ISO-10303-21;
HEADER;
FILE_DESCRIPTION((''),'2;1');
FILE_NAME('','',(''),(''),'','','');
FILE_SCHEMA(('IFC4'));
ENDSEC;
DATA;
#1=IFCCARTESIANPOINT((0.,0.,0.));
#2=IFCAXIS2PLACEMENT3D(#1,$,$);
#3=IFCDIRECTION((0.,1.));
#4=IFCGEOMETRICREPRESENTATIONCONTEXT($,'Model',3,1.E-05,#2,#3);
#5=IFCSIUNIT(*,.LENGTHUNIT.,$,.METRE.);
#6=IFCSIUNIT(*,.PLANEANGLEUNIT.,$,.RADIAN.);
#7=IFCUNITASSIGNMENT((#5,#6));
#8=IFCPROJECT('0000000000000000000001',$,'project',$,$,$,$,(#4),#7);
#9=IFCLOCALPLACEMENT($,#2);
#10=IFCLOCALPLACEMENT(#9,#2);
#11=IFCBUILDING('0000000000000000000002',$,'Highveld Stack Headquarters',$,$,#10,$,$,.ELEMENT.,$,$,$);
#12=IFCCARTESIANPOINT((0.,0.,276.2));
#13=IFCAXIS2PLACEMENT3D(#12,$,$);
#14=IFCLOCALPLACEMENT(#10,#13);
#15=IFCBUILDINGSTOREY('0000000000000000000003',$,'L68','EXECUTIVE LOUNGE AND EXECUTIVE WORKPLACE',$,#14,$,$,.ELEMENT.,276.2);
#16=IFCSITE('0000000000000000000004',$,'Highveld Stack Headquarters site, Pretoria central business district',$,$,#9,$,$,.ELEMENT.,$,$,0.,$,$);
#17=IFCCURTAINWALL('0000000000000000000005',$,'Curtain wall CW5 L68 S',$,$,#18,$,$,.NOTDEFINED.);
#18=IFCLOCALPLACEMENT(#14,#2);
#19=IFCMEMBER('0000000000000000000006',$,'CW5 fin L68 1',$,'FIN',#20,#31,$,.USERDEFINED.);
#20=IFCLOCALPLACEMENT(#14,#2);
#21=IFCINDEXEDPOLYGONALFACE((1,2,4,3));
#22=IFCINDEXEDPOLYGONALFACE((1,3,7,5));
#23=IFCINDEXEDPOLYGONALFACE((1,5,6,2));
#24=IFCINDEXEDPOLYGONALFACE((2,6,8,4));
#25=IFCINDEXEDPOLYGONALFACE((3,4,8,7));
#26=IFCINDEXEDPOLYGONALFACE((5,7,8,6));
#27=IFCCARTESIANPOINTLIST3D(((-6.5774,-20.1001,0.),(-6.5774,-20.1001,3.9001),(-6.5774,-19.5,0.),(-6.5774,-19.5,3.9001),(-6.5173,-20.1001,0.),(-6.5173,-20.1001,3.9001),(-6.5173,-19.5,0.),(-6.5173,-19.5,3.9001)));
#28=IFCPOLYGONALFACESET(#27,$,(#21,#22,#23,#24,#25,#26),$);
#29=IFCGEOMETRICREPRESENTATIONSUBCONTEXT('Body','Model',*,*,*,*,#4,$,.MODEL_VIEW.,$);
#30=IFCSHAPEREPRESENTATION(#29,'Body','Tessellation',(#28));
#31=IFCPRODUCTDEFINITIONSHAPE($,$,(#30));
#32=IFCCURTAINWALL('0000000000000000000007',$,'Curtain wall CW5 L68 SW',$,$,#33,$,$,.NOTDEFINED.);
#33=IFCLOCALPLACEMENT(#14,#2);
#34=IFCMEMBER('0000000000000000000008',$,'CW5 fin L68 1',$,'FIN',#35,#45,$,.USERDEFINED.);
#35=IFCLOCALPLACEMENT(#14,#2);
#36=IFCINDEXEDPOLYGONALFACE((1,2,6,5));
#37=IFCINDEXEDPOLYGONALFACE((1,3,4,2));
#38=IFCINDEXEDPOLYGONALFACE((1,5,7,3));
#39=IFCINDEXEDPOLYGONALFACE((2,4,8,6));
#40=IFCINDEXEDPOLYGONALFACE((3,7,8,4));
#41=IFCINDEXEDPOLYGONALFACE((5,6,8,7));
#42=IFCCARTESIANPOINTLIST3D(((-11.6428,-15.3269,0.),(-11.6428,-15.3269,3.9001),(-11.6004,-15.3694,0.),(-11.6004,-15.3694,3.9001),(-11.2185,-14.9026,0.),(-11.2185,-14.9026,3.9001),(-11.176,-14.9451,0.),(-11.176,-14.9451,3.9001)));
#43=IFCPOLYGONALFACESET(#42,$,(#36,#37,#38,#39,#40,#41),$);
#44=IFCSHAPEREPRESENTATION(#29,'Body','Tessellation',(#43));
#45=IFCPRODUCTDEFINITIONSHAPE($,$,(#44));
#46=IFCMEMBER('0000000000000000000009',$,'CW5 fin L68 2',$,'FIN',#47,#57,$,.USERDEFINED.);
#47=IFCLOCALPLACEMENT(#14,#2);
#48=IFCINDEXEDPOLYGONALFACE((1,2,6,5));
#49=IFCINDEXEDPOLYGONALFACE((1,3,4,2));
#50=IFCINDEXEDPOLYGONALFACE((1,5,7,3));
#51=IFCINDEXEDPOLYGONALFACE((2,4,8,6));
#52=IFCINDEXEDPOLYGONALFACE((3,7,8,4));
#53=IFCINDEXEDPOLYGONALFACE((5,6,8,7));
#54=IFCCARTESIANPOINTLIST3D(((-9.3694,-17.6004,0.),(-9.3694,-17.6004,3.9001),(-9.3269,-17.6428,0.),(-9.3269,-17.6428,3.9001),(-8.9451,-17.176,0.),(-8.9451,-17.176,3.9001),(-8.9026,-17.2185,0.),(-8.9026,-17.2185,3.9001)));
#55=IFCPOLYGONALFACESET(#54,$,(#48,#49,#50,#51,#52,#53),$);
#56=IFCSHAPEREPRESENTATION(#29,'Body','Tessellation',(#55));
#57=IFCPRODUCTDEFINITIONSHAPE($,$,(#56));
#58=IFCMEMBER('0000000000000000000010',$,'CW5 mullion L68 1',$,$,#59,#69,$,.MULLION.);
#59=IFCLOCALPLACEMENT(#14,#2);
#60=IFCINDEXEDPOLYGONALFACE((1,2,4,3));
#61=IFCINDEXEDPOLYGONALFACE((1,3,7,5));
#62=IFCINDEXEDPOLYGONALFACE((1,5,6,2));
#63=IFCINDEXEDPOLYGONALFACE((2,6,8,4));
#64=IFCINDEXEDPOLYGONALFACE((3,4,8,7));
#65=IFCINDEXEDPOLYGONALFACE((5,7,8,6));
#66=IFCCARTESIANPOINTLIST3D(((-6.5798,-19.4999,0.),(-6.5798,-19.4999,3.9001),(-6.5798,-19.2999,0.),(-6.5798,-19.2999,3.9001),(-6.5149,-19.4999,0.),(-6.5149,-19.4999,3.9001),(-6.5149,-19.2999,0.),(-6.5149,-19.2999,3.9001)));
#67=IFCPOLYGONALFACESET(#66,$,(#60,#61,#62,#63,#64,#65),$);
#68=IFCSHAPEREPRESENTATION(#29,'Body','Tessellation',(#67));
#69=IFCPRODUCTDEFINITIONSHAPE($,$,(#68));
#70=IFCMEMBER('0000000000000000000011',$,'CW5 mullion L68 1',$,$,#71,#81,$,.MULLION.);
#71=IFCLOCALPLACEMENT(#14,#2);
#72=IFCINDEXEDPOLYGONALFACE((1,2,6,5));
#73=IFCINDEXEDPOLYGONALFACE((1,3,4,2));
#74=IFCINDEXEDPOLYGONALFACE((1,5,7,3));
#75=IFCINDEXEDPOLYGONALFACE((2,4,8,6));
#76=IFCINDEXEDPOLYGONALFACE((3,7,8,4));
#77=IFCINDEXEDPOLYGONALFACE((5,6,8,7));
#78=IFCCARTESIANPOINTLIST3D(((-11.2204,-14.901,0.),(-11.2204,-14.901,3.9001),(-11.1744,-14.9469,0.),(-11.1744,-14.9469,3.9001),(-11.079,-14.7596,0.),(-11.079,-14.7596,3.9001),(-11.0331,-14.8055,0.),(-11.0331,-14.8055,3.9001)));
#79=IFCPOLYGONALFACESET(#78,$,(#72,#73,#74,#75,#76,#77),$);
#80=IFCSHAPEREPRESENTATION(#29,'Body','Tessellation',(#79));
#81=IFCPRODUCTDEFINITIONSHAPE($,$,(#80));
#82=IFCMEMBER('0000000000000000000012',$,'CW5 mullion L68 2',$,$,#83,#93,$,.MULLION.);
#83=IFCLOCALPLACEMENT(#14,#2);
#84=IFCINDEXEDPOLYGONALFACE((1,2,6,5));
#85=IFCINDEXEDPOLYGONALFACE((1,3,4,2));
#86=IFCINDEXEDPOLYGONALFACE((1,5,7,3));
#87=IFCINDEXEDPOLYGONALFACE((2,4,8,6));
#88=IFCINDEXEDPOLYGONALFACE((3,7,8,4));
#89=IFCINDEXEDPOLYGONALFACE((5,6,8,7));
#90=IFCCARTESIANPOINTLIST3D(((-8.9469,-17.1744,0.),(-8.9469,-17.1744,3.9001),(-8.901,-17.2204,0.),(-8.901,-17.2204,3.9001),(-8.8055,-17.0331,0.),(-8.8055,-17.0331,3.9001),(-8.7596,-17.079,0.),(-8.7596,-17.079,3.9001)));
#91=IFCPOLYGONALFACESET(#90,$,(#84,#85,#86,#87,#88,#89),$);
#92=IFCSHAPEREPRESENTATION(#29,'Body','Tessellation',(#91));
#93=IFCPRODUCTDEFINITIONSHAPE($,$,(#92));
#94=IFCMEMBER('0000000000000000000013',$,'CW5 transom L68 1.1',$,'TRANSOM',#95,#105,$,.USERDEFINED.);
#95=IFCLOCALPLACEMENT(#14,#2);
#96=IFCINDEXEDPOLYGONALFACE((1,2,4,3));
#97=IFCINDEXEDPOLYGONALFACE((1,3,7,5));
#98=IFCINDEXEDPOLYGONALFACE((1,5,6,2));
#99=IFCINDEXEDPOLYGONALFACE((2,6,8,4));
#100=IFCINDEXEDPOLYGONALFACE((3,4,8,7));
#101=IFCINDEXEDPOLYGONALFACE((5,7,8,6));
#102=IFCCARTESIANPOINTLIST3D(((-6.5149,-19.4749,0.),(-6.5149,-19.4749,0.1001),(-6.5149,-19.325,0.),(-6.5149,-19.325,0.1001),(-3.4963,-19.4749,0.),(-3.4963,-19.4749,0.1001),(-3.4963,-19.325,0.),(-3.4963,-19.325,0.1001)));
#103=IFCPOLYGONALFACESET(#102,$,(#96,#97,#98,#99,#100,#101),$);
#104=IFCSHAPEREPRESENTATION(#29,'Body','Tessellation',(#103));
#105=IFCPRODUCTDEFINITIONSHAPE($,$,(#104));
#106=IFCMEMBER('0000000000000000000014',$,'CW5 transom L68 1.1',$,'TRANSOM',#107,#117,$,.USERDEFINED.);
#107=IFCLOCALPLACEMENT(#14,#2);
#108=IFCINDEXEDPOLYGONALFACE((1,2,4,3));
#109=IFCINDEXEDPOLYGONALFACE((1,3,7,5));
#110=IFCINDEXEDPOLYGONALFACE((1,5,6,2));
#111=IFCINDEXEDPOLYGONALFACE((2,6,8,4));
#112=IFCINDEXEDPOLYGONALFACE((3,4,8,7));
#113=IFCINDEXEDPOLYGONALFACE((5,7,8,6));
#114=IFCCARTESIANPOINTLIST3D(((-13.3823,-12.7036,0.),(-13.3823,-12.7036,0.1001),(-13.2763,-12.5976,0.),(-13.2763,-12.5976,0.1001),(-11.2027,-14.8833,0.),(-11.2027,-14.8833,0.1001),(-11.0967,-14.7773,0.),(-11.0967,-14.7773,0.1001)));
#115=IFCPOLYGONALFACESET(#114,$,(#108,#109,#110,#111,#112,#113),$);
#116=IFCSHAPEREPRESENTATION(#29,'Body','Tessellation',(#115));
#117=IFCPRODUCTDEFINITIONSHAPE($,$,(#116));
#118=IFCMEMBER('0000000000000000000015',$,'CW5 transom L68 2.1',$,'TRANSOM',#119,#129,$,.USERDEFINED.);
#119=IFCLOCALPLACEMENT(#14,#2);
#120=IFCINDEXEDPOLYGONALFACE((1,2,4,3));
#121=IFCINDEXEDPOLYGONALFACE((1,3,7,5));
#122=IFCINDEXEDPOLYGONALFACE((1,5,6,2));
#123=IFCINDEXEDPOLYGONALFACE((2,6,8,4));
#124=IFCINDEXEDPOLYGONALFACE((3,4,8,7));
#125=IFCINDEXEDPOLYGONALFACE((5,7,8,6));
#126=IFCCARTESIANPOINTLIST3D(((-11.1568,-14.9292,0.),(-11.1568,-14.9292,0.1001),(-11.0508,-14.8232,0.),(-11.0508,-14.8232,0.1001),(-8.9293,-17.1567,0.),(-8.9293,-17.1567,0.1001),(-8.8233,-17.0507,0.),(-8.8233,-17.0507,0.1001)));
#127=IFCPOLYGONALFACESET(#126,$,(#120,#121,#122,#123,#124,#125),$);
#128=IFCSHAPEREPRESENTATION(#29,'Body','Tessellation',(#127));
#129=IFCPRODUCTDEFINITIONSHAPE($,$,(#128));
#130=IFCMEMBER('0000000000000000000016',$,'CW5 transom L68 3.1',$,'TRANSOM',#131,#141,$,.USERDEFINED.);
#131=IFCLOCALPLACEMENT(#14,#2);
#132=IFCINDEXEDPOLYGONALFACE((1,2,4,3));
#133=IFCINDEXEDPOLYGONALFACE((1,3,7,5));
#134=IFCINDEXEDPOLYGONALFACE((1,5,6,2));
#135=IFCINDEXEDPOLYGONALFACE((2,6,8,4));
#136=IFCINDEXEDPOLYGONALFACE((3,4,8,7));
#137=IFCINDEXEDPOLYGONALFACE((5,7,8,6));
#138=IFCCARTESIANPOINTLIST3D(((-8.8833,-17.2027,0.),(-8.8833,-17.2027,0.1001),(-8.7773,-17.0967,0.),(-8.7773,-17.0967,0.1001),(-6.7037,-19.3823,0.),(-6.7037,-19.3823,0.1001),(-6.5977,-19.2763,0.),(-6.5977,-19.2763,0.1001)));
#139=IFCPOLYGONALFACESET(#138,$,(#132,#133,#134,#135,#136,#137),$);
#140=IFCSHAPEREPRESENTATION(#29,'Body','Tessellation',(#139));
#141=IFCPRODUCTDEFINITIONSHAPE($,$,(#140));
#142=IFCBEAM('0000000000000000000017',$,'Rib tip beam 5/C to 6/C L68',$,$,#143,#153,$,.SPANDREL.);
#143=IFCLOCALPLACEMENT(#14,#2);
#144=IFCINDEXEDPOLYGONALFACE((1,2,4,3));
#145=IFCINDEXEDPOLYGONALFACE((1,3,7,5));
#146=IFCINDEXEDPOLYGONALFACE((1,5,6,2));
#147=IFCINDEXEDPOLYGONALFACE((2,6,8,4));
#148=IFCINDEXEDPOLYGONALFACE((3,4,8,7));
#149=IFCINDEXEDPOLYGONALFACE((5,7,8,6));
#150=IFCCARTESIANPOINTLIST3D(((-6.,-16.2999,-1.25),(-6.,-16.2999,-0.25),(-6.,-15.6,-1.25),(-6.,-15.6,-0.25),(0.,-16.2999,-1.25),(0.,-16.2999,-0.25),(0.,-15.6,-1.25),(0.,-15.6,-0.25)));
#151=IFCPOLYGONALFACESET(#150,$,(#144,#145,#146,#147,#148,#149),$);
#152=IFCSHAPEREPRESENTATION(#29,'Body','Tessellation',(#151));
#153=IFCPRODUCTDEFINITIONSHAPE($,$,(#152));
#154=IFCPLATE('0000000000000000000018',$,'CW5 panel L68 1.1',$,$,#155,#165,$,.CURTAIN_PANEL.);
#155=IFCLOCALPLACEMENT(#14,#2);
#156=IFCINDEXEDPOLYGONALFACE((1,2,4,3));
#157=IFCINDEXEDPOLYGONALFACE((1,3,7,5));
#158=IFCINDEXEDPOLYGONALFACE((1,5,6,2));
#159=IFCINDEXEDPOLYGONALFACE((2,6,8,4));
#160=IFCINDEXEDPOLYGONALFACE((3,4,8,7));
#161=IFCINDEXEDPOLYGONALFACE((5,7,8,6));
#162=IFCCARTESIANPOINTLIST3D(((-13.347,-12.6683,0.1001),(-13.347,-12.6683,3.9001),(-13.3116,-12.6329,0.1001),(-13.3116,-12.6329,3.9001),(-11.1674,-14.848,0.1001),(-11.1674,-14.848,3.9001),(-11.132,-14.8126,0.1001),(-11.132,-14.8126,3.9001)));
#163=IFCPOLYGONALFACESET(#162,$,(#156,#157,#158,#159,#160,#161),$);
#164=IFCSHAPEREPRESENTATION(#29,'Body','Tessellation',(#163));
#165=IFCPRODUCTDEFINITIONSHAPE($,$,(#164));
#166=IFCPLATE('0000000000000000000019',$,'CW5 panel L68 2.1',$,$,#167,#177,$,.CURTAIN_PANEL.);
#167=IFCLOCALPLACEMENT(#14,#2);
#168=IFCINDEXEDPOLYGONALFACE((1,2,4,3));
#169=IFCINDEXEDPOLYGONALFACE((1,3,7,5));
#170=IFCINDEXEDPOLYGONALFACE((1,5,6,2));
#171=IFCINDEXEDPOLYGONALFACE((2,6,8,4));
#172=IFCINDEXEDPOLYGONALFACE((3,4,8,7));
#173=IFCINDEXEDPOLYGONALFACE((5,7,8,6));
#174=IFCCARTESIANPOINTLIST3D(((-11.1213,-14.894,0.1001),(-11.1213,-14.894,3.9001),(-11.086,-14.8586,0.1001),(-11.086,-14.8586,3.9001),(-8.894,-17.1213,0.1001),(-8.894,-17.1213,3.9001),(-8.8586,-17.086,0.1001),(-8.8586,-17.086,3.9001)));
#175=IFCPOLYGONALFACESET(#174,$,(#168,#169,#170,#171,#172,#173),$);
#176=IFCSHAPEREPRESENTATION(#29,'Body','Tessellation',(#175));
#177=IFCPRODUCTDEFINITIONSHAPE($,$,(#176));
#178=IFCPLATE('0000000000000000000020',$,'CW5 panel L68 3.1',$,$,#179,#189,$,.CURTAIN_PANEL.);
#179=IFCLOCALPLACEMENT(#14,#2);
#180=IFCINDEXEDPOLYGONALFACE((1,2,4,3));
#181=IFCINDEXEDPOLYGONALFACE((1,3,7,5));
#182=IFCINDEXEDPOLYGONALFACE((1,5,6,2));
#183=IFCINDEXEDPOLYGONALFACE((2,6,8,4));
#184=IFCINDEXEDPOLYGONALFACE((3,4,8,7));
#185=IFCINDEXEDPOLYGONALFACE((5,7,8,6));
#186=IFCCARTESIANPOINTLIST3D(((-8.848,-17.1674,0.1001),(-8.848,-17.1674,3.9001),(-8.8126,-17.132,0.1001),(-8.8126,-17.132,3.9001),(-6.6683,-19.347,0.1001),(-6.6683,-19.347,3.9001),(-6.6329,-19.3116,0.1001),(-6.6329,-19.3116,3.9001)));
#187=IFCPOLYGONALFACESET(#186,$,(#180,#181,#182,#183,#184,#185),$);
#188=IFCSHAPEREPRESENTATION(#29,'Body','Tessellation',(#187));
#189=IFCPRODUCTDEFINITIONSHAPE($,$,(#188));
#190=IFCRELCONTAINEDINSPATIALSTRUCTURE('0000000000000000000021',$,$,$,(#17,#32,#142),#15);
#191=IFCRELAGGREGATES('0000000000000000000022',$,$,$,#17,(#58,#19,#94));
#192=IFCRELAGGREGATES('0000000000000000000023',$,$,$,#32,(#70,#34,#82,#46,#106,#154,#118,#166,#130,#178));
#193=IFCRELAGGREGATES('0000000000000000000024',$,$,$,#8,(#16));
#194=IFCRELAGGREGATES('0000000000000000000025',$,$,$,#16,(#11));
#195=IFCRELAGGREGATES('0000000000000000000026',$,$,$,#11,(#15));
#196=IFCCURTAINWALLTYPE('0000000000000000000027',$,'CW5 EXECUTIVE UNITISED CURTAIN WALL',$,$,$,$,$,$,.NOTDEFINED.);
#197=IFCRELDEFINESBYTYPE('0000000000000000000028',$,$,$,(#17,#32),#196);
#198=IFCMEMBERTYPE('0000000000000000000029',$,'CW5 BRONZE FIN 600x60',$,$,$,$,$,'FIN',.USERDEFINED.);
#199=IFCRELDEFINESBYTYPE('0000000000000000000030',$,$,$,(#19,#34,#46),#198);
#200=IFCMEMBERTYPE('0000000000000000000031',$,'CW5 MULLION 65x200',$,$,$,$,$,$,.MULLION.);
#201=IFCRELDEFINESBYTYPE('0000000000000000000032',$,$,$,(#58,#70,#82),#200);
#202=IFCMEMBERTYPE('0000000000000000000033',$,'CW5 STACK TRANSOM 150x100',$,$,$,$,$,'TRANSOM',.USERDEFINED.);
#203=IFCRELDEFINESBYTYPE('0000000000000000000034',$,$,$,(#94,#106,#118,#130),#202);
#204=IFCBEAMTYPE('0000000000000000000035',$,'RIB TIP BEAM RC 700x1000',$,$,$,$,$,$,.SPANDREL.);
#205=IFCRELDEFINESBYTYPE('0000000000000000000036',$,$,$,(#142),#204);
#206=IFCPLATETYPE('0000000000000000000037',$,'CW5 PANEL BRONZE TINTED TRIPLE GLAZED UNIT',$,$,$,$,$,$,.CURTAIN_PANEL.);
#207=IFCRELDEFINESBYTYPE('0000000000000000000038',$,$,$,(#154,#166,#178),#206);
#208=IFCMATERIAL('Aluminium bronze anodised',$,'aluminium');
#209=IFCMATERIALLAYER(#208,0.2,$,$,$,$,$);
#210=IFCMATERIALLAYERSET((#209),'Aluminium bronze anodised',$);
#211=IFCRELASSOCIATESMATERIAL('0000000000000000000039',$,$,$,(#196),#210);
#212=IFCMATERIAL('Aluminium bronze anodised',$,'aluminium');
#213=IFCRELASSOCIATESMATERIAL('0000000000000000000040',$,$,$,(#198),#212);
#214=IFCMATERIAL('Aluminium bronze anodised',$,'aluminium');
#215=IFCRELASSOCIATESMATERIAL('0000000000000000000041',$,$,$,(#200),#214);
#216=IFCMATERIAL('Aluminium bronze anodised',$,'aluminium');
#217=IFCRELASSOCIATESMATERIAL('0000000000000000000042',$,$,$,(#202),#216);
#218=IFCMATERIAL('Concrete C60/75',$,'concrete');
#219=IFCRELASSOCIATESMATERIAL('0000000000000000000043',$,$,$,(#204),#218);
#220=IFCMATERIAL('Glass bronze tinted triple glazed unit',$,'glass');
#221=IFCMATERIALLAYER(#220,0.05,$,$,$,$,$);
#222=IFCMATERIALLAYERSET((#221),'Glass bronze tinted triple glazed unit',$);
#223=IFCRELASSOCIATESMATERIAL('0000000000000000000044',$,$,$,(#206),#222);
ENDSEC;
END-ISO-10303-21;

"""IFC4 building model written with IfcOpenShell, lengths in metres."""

from ifc_helpers import new_model, si_unit, direction, frame, origin, origin_2d, place, context, subcontext, project, spatial, rectangle, extrude, material, layer, layer_set, material_profile, profile_set, type_object, element, aggregate, save


model = new_model("IFC4")

# Units and contexts
model_context = context("Model", 3, precision=1e-05, world=origin(), true_north=direction((0.0, 1.0)))
body_context = subcontext(model_context, "Body", "Model", "MODEL_VIEW")
ifc_project = project(units=[si_unit("LENGTHUNIT", "METRE"), si_unit("PLANEANGLEUNIT", "RADIAN")], contexts=[model_context])

# Site, building, storey
site_placement = place(None, origin())
site = spatial("IfcSite", under=ifc_project, at=site_placement, Name="Highveld Stack Headquarters site, Pretoria central business district", CompositionType="ELEMENT", RefElevation=0.0)
building_placement = place(site_placement, origin())
building = spatial("IfcBuilding", under=site, at=building_placement, Name="Highveld Stack Headquarters", CompositionType="ELEMENT")
storey_placement = place(building_placement, frame((0.0, 0.0, 276.2)))
storey = spatial("IfcBuildingStorey", under=building, at=storey_placement, Name="L68", Description="EXECUTIVE LOUNGE AND EXECUTIVE WORKPLACE", CompositionType="ELEMENT", Elevation=276.2)

# Curtain wall, member
ifc_material_1 = material(Name="Aluminium bronze anodised", Category="aluminium")
ifc_layer_1 = layer(ifc_material_1, 0.2)
ifc_layer_set_1 = layer_set([ifc_layer_1], Name="Aluminium bronze anodised")
curtain_wall_type = type_object("IfcCurtainWallType", Name="CW5 EXECUTIVE UNITISED CURTAIN WALL", PredefinedType="NOTDEFINED", material=ifc_layer_set_1)
curtain_wall_1_placement = place(storey_placement, origin())
curtain_wall_1 = element("IfcCurtainWall", 1, at=curtain_wall_1_placement, inside=storey, type_object=curtain_wall_type, Name="Curtain wall CW5 L68 S", PredefinedType="NOTDEFINED")
ifc_material_2 = material(Name="Aluminium bronze anodised", Category="aluminium")
ifc_material_profile_1 = material_profile(ifc_material_2, rectangle(XDim=0.6001, YDim=0.0601, at=origin_2d()), Name="FIN 600x60")
ifc_profile_set_1 = profile_set([ifc_material_profile_1], Name="Aluminium bronze anodised")
member_type_1 = type_object("IfcMemberType", Name="CW5 BRONZE FIN 600x60", ElementType="FIN", PredefinedType="USERDEFINED", material=ifc_profile_set_1)
member_1_placement = place(storey_placement, frame((-6.5474, -19.8, 0.0), z_axis=(0.0, 0.0, 1.0), x_axis=(0.0, 1.0, 0.0)))
member_1 = element("IfcMember", 2, at=member_1_placement, type_object=member_type_1, Name="CW5 fin L68 1", ObjectType="FIN", PredefinedType="USERDEFINED", context=body_context, shape_type="SweptSolid", body=[
    extrude(rectangle(XDim=0.6001, YDim=0.0601, at=origin_2d()), origin(), (0.0, 0.0, 1.0), 3.9001),
])

# Curtain wall, members
curtain_wall_2_placement = place(storey_placement, origin())
curtain_wall_2 = element("IfcCurtainWall", 3, at=curtain_wall_2_placement, inside=storey, type_object=curtain_wall_type, Name="Curtain wall CW5 L68 SW", PredefinedType="NOTDEFINED")
member_2_placement = place(storey_placement, frame((-11.4094, -15.136, 0.0), z_axis=(0.0, 0.0, 1.0), x_axis=(0.707107, 0.707107, 0.0)))
member_2 = element("IfcMember", 4, at=member_2_placement, type_object=member_type_1, Name="CW5 fin L68 1", ObjectType="FIN", PredefinedType="USERDEFINED", context=body_context, shape_type="SweptSolid", body=[
    extrude(rectangle(XDim=0.6001, YDim=0.0601, at=origin_2d()), origin(), (0.0, 0.0, 1.0), 3.9001),
])
member_3_placement = place(storey_placement, frame((-9.136, -17.4094, 0.0), z_axis=(0.0, 0.0, 1.0), x_axis=(0.707107, 0.707107, 0.0)))
member_3 = element("IfcMember", 5, at=member_3_placement, type_object=member_type_1, Name="CW5 fin L68 2", ObjectType="FIN", PredefinedType="USERDEFINED", context=body_context, shape_type="SweptSolid", body=[
    extrude(rectangle(XDim=0.6001, YDim=0.0601, at=origin_2d()), origin(), (0.0, 0.0, 1.0), 3.9001),
])

# Members
ifc_material_3 = material(Name="Aluminium bronze anodised", Category="aluminium")
ifc_material_profile_2 = material_profile(ifc_material_3, rectangle(XDim=0.2, YDim=0.0649, at=origin_2d()), Name="CW5 MULLION 65x200")
ifc_profile_set_2 = profile_set([ifc_material_profile_2], Name="Aluminium bronze anodised")
member_type_2 = type_object("IfcMemberType", Name="CW5 MULLION 65x200", PredefinedType="MULLION", material=ifc_profile_set_2)
member_4_placement = place(storey_placement, frame((-6.5474, -19.3999, 0.0), z_axis=(0.0, 0.0, 1.0), x_axis=(0.0, 1.0, 0.0)))
member_4 = element("IfcMember", 6, at=member_4_placement, type_object=member_type_2, Name="CW5 mullion L68 1", PredefinedType="MULLION", context=body_context, shape_type="SweptSolid", body=[
    extrude(rectangle(XDim=0.2, YDim=0.0649, at=origin_2d()), origin(), (0.0, 0.0, 1.0), 3.9001),
])
member_5_placement = place(storey_placement, frame((-11.1267, -14.8533, 0.0), z_axis=(0.0, 0.0, 1.0), x_axis=(0.707107, 0.707107, 0.0)))
member_5 = element("IfcMember", 7, at=member_5_placement, type_object=member_type_2, Name="CW5 mullion L68 1", PredefinedType="MULLION", context=body_context, shape_type="SweptSolid", body=[
    extrude(rectangle(XDim=0.2, YDim=0.0649, at=origin_2d()), origin(), (0.0, 0.0, 1.0), 3.9001),
])
member_6_placement = place(storey_placement, frame((-8.8533, -17.1267, 0.0), z_axis=(0.0, 0.0, 1.0), x_axis=(0.707107, 0.707107, 0.0)))
member_6 = element("IfcMember", 8, at=member_6_placement, type_object=member_type_2, Name="CW5 mullion L68 2", PredefinedType="MULLION", context=body_context, shape_type="SweptSolid", body=[
    extrude(rectangle(XDim=0.2, YDim=0.0649, at=origin_2d()), origin(), (0.0, 0.0, 1.0), 3.9001),
])
ifc_material_4 = material(Name="Aluminium bronze anodised", Category="aluminium")
ifc_material_profile_3 = material_profile(ifc_material_4, rectangle(XDim=0.1499, YDim=0.1001, at=origin_2d()), Name="CW5 TRANSOM 150x100")
ifc_profile_set_3 = profile_set([ifc_material_profile_3], Name="Aluminium bronze anodised")
member_type_3 = type_object("IfcMemberType", Name="CW5 STACK TRANSOM 150x100", ElementType="TRANSOM", PredefinedType="USERDEFINED", material=ifc_profile_set_3)
member_7_placement = place(storey_placement, frame((-6.5149, -19.3999, 0.05), z_axis=(1.0, 0.0, 0.0), x_axis=(0.0, 1.0, 0.0)))
member_7 = element("IfcMember", 9, at=member_7_placement, type_object=member_type_3, Name="CW5 transom L68 1.1", ObjectType="TRANSOM", PredefinedType="USERDEFINED", context=body_context, shape_type="SweptSolid", body=[
    extrude(rectangle(XDim=0.1499, YDim=0.1001, at=origin_2d()), origin(), (0.0, 0.0, 1.0), 3.0186),
])
aggregate(curtain_wall_1, [member_4, member_1, member_7])
member_8_placement = place(storey_placement, frame((-13.3293, -12.6506, 0.05), z_axis=(0.707107, -0.707107, 0.0), x_axis=(0.707107, 0.707107, 0.0)))
member_8 = element("IfcMember", 10, at=member_8_placement, type_object=member_type_3, Name="CW5 transom L68 1.1", ObjectType="TRANSOM", PredefinedType="USERDEFINED", context=body_context, shape_type="SweptSolid", body=[
    extrude(rectangle(XDim=0.1499, YDim=0.1001, at=origin_2d()), origin(), (0.0, 0.0, 1.0), 3.0825),
])
member_9_placement = place(storey_placement, frame((-11.1038, -14.8762, 0.05), z_axis=(0.707107, -0.707107, 0.0), x_axis=(0.707107, 0.707107, 0.0)))
member_9 = element("IfcMember", 11, at=member_9_placement, type_object=member_type_3, Name="CW5 transom L68 2.1", ObjectType="TRANSOM", PredefinedType="USERDEFINED", context=body_context, shape_type="SweptSolid", body=[
    extrude(rectangle(XDim=0.1499, YDim=0.1001, at=origin_2d()), origin(), (0.0, 0.0, 1.0), 3.1501),
])
member_10_placement = place(storey_placement, frame((-8.8303, -17.1497, 0.05), z_axis=(0.707107, -0.707107, 0.0), x_axis=(0.707107, 0.707107, 0.0)))
member_10 = element("IfcMember", 12, at=member_10_placement, type_object=member_type_3, Name="CW5 transom L68 3.1", ObjectType="TRANSOM", PredefinedType="USERDEFINED", context=body_context, shape_type="SweptSolid", body=[
    extrude(rectangle(XDim=0.1499, YDim=0.1001, at=origin_2d()), origin(), (0.0, 0.0, 1.0), 3.0825),
])

# Beam
ifc_material_5 = material(Name="Concrete C60/75", Category="concrete")
ifc_material_profile_4 = material_profile(ifc_material_5, rectangle(XDim=0.7, YDim=1.0, at=origin_2d()), Name="RC 700x1000")
ifc_profile_set_4 = profile_set([ifc_material_profile_4], Name="Concrete C60/75")
beam_type = type_object("IfcBeamType", Name="RIB TIP BEAM RC 700x1000", PredefinedType="SPANDREL", material=ifc_profile_set_4)
beam_placement = place(storey_placement, frame((-6.0, -15.95, -0.75), z_axis=(1.0, 0.0, 0.0), x_axis=(0.0, 1.0, 0.0)))
element("IfcBeam", 13, at=beam_placement, inside=storey, type_object=beam_type, Name="Rib tip beam 5/C to 6/C L68", PredefinedType="SPANDREL", context=body_context, shape_type="SweptSolid", body=[
    extrude(rectangle(XDim=0.7, YDim=1.0, at=origin_2d()), origin(), (0.0, 0.0, 1.0), 6.0),
])

# Plates
ifc_material_6 = material(Name="Glass bronze tinted triple glazed unit", Category="glass")
ifc_layer_2 = layer(ifc_material_6, 0.05)
ifc_layer_set_2 = layer_set([ifc_layer_2], Name="Glass bronze tinted triple glazed unit")
plate_type = type_object("IfcPlateType", Name="CW5 PANEL BRONZE TINTED TRIPLE GLAZED UNIT", PredefinedType="CURTAIN_PANEL", material=ifc_layer_set_2)
plate_1_placement = place(storey_placement, frame((-12.2395, -13.7405, 0.1001), z_axis=(0.0, 0.0, 1.0), x_axis=(0.707107, -0.707107, 0.0)))
plate_1 = element("IfcPlate", 14, at=plate_1_placement, type_object=plate_type, Name="CW5 panel L68 1.1", PredefinedType="CURTAIN_PANEL", context=body_context, shape_type="SweptSolid", body=[
    extrude(rectangle(XDim=3.0825, YDim=0.05, at=origin_2d()), origin(), (0.0, 0.0, 1.0), 3.8),
])
plate_2_placement = place(storey_placement, frame((-9.99, -15.99, 0.1001), z_axis=(0.0, 0.0, 1.0), x_axis=(0.707107, -0.707107, 0.0)))
plate_2 = element("IfcPlate", 15, at=plate_2_placement, type_object=plate_type, Name="CW5 panel L68 2.1", PredefinedType="CURTAIN_PANEL", context=body_context, shape_type="SweptSolid", body=[
    extrude(rectangle(XDim=3.1499, YDim=0.05, at=origin_2d()), origin(), (0.0, 0.0, 1.0), 3.8),
])
plate_3_placement = place(storey_placement, frame((-7.7405, -18.2395, 0.1001), z_axis=(0.0, 0.0, 1.0), x_axis=(0.707107, -0.707107, 0.0)))
plate_3 = element("IfcPlate", 16, at=plate_3_placement, type_object=plate_type, Name="CW5 panel L68 3.1", PredefinedType="CURTAIN_PANEL", context=body_context, shape_type="SweptSolid", body=[
    extrude(rectangle(XDim=3.0825, YDim=0.05, at=origin_2d()), origin(), (0.0, 0.0, 1.0), 3.8),
])
aggregate(curtain_wall_2, [member_5, member_2, member_6, member_3, member_8, plate_1, member_9, plate_2, member_10, plate_3])

save(model, "model.ifc")
